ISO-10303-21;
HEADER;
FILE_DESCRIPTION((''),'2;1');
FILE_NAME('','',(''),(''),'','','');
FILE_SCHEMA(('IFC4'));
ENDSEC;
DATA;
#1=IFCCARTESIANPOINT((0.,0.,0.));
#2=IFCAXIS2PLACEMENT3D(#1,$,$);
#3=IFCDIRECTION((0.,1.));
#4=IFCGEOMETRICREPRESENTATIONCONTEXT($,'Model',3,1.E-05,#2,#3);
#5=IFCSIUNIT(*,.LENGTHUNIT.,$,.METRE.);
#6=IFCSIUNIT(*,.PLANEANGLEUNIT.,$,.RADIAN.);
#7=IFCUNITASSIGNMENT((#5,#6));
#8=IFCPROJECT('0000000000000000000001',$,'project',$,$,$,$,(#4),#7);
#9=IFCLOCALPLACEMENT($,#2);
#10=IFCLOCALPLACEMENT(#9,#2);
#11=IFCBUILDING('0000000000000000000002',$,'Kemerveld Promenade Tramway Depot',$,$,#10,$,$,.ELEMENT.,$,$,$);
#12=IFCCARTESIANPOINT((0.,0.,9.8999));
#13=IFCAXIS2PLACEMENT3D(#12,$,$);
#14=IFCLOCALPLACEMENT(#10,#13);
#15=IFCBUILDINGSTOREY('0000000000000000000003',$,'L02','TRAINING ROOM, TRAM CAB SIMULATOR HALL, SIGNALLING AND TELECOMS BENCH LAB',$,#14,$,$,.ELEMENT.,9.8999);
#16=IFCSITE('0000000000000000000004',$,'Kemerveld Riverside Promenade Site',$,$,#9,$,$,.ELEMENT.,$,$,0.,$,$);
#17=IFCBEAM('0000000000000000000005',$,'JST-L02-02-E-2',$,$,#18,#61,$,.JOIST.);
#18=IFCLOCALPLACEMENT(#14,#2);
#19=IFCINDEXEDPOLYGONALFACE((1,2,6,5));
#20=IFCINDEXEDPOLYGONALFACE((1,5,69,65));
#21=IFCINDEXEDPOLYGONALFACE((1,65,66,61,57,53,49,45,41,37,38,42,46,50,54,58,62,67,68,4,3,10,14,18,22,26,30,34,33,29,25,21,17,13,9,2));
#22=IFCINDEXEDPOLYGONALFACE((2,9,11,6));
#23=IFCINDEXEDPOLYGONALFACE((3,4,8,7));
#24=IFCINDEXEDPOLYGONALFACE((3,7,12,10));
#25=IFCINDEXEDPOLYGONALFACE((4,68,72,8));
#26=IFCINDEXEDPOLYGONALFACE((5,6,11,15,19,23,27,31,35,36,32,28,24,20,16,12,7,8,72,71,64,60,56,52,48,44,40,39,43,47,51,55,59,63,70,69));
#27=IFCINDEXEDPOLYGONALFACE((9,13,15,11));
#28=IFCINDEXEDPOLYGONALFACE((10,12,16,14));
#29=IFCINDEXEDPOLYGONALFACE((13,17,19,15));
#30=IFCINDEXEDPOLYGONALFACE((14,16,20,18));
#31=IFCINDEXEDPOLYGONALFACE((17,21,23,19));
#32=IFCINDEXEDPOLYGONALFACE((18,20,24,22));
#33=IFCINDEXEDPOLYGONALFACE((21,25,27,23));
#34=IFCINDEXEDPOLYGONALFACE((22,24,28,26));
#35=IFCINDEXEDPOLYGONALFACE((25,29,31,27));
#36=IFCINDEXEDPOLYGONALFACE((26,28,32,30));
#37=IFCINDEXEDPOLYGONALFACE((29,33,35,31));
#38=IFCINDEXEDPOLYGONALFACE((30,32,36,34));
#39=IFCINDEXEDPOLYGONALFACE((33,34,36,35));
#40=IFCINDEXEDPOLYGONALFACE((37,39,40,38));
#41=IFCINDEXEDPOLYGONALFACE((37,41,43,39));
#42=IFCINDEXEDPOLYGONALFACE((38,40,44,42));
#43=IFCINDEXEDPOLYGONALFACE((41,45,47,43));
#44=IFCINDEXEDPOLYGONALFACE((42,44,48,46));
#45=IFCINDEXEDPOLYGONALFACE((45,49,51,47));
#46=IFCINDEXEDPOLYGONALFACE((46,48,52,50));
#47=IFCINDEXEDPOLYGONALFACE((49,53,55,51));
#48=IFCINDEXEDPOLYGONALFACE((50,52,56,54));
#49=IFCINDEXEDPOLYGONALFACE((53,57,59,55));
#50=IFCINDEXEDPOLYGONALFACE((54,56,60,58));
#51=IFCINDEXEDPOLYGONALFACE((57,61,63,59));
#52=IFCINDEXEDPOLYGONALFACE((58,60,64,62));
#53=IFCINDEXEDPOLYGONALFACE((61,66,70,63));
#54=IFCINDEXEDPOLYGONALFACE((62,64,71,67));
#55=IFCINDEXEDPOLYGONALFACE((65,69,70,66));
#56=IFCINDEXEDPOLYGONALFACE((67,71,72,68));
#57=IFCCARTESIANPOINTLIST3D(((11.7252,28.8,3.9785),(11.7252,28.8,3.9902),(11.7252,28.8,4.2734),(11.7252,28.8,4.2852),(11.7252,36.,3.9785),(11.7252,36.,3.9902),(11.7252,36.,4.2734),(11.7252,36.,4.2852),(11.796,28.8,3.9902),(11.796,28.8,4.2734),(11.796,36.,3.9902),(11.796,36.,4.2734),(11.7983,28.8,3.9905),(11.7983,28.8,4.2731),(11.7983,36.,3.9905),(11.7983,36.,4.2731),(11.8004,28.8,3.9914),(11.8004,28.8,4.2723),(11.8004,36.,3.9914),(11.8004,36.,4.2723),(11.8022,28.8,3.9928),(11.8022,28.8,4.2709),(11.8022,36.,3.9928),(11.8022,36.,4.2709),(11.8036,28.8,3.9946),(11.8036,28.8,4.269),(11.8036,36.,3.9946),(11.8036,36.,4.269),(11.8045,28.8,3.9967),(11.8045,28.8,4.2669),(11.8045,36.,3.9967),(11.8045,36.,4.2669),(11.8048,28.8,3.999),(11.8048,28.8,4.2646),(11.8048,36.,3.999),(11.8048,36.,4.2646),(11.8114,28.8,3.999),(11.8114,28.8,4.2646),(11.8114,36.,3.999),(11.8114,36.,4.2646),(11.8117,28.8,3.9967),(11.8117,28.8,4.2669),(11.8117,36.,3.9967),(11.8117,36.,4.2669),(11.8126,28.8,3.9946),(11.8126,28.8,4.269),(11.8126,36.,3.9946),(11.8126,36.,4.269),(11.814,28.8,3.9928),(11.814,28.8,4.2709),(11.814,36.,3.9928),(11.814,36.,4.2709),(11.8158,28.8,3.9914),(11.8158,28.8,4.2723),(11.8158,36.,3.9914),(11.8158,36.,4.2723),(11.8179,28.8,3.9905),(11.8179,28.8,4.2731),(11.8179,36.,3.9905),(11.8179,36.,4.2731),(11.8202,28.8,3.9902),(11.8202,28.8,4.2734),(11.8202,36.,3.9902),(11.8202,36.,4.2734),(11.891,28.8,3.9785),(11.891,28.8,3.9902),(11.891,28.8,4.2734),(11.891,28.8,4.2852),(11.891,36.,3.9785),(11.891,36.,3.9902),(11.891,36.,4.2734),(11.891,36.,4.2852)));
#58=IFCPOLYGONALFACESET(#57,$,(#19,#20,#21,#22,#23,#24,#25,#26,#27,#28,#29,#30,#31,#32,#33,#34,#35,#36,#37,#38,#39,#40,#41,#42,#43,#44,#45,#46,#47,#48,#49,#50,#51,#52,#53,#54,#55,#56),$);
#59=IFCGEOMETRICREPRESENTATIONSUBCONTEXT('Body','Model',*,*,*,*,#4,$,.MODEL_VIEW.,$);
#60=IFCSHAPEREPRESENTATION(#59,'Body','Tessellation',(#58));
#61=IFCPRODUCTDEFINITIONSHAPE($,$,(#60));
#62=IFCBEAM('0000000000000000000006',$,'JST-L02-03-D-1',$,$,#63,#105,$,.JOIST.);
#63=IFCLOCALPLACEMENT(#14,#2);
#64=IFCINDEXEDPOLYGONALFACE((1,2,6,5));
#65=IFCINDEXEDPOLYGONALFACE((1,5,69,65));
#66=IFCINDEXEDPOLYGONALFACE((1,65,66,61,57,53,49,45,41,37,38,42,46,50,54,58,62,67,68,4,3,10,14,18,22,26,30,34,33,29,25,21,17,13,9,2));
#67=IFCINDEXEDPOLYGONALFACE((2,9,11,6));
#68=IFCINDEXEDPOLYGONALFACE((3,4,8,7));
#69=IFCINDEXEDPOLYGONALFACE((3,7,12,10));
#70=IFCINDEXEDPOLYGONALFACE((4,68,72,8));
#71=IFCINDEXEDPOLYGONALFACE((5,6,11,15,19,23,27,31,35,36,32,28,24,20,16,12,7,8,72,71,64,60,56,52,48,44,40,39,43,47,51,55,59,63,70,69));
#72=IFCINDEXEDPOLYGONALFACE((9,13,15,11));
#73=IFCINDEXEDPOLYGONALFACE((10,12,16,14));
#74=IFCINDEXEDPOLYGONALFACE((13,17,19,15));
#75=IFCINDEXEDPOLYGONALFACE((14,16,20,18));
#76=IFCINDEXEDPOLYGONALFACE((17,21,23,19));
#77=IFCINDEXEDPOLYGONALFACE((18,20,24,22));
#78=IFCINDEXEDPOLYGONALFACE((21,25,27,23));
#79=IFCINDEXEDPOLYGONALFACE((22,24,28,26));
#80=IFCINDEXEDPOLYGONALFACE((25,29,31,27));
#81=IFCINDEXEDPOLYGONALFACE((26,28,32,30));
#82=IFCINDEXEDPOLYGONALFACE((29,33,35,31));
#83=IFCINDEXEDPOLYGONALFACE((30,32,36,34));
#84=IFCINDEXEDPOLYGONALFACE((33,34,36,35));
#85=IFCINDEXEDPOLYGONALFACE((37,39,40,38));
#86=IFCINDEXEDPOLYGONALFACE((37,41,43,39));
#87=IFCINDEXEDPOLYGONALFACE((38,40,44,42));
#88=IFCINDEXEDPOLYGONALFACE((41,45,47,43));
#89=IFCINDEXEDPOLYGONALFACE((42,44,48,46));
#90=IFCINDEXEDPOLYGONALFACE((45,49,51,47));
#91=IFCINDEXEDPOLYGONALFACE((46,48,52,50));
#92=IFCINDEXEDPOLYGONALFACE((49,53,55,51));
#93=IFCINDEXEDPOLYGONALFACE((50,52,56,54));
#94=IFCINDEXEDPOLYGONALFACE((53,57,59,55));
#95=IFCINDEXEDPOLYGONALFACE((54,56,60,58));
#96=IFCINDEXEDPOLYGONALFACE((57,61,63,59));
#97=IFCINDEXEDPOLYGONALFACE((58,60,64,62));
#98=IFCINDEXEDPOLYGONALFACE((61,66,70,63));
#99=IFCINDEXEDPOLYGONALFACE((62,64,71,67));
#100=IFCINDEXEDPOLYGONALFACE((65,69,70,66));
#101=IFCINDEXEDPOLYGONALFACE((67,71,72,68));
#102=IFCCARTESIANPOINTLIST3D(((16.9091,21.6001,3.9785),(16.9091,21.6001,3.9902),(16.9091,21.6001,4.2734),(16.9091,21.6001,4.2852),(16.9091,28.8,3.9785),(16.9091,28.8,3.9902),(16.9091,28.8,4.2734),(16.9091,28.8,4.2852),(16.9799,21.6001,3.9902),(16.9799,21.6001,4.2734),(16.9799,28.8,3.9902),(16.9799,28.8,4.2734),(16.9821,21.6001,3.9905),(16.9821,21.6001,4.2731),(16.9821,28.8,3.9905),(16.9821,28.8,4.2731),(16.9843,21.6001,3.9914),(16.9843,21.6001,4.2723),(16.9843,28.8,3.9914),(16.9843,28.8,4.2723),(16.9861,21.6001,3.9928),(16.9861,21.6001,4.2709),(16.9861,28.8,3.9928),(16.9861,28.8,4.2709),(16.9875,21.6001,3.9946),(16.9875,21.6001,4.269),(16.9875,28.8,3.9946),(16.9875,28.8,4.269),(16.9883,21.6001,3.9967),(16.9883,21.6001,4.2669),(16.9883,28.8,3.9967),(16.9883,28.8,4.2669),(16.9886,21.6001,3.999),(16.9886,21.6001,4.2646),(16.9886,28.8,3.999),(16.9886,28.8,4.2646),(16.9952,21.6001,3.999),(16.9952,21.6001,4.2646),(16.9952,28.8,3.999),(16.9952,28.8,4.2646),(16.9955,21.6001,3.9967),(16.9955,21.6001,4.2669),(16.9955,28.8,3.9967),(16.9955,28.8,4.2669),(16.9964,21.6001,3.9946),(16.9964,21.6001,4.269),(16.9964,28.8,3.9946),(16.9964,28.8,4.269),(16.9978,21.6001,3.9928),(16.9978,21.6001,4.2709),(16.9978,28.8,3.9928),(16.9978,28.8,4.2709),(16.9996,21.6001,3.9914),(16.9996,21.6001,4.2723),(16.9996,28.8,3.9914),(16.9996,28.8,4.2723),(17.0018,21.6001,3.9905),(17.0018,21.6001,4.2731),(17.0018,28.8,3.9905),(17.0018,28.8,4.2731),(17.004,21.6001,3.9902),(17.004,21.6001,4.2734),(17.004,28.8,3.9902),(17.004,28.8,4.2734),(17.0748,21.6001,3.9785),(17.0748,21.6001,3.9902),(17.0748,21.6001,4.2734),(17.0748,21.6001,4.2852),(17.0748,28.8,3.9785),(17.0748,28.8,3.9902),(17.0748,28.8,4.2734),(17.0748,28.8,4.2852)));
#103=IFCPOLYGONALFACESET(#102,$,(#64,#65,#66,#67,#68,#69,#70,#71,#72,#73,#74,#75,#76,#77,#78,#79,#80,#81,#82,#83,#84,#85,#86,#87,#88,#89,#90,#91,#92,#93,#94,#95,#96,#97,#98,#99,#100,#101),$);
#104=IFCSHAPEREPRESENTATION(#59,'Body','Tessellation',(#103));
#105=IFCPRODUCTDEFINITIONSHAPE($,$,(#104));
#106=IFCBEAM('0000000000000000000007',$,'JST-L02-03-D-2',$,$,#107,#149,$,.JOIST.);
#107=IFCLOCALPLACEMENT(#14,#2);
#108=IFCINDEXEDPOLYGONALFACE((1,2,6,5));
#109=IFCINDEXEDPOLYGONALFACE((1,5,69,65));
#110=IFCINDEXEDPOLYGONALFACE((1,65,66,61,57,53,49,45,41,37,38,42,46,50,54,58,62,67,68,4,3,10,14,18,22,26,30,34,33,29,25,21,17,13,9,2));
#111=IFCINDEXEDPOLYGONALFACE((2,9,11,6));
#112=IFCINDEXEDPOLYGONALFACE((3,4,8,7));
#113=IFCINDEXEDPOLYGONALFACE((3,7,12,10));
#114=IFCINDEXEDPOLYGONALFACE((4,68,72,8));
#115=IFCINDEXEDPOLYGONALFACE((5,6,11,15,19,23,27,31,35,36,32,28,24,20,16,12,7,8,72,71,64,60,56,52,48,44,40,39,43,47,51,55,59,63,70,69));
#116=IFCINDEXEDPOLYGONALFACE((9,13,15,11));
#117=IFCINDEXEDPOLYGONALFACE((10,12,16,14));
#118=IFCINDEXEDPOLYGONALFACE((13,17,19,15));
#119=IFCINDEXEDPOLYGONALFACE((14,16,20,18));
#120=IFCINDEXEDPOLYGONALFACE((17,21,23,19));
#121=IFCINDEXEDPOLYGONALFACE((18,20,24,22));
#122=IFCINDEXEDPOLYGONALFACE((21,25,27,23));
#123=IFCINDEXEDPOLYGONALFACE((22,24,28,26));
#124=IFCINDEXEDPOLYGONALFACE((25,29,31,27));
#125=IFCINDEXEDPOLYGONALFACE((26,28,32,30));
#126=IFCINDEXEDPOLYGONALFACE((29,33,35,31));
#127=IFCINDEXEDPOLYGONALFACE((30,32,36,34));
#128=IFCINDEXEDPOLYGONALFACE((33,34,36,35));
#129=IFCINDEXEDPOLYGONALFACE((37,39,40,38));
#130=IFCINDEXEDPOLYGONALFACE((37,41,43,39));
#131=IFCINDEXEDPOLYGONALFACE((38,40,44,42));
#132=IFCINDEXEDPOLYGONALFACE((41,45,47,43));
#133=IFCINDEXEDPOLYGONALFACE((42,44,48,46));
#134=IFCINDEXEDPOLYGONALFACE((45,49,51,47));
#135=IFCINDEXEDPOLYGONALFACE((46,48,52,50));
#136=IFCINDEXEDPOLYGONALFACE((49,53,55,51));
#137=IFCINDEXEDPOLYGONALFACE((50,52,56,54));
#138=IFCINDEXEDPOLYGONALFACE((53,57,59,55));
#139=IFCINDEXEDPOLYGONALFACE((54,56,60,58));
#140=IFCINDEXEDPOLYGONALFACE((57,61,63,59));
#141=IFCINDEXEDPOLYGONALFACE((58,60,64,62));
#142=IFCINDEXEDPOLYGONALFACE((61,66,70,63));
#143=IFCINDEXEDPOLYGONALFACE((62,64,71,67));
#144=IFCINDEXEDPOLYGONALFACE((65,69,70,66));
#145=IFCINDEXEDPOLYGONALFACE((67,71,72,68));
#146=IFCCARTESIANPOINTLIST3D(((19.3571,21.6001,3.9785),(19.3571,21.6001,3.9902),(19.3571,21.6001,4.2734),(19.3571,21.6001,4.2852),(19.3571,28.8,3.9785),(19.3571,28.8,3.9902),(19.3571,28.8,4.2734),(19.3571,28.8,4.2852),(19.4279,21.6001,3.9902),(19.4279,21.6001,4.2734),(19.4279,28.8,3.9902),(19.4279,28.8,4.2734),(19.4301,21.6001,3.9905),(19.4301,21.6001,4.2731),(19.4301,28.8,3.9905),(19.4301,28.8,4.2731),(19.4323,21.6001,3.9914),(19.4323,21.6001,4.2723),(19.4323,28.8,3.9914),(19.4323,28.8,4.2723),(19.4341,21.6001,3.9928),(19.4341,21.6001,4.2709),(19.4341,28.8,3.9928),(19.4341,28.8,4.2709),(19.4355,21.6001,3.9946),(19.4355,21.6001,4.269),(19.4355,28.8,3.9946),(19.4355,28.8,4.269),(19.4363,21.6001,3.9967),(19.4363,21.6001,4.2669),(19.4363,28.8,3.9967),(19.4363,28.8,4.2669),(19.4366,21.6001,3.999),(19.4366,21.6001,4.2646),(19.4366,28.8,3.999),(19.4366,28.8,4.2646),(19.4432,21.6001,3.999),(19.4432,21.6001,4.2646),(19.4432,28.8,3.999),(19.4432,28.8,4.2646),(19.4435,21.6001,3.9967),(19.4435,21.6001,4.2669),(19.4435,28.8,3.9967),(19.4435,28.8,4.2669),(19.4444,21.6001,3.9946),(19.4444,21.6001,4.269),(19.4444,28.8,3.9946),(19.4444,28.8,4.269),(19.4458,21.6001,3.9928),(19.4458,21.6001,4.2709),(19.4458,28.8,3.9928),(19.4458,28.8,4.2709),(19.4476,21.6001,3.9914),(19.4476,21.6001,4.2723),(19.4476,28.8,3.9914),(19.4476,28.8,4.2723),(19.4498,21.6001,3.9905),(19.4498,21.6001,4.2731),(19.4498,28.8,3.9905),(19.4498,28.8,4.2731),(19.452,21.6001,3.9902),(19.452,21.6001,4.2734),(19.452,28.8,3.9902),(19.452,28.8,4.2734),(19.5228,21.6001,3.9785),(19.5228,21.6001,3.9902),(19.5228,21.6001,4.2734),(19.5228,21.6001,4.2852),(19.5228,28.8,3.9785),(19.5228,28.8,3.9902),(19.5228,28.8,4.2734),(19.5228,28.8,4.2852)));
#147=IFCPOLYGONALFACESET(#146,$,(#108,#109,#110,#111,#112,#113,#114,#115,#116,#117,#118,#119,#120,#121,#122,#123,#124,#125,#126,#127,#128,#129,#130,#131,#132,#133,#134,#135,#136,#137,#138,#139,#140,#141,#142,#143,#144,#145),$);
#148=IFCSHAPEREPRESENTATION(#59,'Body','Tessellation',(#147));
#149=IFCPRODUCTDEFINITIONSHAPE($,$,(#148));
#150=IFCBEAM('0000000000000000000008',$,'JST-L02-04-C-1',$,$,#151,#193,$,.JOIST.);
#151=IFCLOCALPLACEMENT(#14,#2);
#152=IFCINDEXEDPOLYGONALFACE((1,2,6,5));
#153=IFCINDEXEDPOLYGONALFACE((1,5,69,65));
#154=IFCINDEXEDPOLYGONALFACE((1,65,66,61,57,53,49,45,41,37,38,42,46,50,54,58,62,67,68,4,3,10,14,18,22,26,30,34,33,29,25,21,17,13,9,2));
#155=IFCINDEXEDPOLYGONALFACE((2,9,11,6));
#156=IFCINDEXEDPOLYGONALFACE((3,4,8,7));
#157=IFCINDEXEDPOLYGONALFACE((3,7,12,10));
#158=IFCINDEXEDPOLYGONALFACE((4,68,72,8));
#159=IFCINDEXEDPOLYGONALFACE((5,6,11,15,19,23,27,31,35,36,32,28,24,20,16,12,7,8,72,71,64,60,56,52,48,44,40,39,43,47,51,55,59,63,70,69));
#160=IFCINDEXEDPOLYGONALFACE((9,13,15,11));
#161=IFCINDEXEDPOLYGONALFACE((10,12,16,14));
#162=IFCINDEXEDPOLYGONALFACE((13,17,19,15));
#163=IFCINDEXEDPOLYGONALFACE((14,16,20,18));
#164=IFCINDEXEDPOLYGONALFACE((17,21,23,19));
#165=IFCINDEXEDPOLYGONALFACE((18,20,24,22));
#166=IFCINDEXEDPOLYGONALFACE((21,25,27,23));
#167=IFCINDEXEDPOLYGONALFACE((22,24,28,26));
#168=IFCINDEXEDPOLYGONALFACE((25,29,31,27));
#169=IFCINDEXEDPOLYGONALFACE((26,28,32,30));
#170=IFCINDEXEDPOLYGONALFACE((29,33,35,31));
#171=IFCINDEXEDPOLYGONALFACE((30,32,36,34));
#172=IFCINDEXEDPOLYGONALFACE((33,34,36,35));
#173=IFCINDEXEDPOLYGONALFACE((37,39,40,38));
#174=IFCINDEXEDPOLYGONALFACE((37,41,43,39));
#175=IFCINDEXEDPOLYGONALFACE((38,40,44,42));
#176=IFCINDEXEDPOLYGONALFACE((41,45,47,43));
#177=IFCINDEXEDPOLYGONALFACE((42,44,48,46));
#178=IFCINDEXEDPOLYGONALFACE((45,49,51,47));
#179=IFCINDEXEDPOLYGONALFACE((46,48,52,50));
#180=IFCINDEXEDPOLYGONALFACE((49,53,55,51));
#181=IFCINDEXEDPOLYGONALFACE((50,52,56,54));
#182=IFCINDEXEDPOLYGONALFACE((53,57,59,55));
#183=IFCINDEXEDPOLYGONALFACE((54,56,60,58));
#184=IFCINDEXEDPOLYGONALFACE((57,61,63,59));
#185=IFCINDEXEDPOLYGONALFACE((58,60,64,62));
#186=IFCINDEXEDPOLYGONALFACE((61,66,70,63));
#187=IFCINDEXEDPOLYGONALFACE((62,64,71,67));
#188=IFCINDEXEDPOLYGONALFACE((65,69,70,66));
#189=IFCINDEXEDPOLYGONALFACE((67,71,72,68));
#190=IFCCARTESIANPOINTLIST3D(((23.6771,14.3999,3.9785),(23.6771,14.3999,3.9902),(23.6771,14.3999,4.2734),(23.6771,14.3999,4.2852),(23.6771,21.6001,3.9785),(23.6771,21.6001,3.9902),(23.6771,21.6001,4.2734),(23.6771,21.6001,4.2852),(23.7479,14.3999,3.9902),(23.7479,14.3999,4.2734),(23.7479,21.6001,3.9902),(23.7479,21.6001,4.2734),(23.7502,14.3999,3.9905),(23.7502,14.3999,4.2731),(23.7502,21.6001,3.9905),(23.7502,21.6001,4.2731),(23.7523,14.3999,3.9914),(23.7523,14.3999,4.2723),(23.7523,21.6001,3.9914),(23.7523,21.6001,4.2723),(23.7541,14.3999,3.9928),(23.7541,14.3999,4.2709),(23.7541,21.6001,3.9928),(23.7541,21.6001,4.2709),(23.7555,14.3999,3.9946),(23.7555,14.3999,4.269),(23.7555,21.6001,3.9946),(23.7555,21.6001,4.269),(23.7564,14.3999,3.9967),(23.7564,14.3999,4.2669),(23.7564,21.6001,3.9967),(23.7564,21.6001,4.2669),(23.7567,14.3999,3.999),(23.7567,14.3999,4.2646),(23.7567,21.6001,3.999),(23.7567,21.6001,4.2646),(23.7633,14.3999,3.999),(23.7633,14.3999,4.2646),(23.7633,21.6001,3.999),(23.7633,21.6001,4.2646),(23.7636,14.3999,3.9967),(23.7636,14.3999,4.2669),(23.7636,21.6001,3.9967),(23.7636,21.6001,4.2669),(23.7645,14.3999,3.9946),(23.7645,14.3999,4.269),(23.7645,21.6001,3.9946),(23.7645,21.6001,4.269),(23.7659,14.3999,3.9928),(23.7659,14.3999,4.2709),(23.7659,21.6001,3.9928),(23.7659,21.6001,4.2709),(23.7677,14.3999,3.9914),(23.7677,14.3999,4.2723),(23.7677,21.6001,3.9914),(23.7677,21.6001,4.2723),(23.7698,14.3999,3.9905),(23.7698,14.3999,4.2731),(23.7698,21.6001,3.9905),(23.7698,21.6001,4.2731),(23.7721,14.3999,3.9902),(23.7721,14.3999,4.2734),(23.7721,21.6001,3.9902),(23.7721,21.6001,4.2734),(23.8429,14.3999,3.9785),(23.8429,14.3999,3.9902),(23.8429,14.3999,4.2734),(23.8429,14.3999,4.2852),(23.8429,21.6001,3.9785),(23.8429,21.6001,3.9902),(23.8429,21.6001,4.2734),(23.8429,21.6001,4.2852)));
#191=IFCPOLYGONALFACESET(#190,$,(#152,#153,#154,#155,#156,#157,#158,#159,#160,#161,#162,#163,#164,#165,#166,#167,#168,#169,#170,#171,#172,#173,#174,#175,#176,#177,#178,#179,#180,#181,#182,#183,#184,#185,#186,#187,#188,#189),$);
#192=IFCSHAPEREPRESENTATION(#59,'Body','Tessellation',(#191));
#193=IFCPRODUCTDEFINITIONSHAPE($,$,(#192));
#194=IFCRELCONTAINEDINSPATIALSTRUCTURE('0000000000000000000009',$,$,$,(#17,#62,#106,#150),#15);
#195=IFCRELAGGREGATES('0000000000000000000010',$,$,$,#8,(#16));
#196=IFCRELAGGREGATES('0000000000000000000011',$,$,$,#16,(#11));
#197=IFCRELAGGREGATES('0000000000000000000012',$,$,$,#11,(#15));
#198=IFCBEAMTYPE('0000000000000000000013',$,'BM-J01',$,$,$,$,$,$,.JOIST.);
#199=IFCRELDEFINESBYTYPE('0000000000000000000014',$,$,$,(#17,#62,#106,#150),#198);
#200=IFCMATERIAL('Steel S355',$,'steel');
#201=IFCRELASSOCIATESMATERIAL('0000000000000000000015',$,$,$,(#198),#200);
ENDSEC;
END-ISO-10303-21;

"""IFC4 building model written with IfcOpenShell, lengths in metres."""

from ifc_helpers import new_model, si_unit, direction, frame, origin, origin_2d, place, context, subcontext, project, spatial, i_section, extrude, material, material_profile, profile_set, type_object, element, save


model = new_model("IFC4")

# Units and contexts
model_context = context("Model", 3, precision=1e-05, world=origin(), true_north=direction((0.0, 1.0)))
body_context = subcontext(model_context, "Body", "Model", "MODEL_VIEW")
ifc_project = project(units=[si_unit("LENGTHUNIT", "METRE"), si_unit("PLANEANGLEUNIT", "RADIAN")], contexts=[model_context])

# Site, building, storey
site_placement = place(None, origin())
site = spatial("IfcSite", under=ifc_project, at=site_placement, Name="Kemerveld Riverside Promenade Site", CompositionType="ELEMENT", RefElevation=0.0)
building_placement = place(site_placement, origin())
building = spatial("IfcBuilding", under=site, at=building_placement, Name="Kemerveld Promenade Tramway Depot", CompositionType="ELEMENT")
storey_placement = place(building_placement, frame((0.0, 0.0, 9.8999)))
storey = spatial("IfcBuildingStorey", under=building, at=storey_placement, Name="L02", Description="TRAINING ROOM, TRAM CAB SIMULATOR HALL, SIGNALLING AND TELECOMS BENCH LAB", CompositionType="ELEMENT", Elevation=9.8999)

# Shared definitions
ifc_material_1 = material(Name="Steel S355", Category="steel")

# Beams
ifc_material_profile_1 = material_profile(ifc_material_1, i_section(OverallWidth=0.1658, OverallDepth=0.3066, WebThickness=0.0066, FlangeThickness=0.0117, FilletRadius=0.0088, at=origin_2d()), Name="305x165x46 UB")
ifc_profile_set_1 = profile_set([ifc_material_profile_1], Name="Steel S355")
beam_type_1 = type_object("IfcBeamType", Name="BM-J01", PredefinedType="JOIST", material=ifc_profile_set_1)
for number, where, z_axis, x_axis, name in (
    (1, (11.8081, 28.8, 4.1318), (0.0, 1.0, 0.0), (-1.0, 0.0, 0.0), "JST-L02-02-E-2"),
    (2, (16.9919, 21.6001, 4.1318), (0.0, 1.0, 0.0), (-1.0, 0.0, 0.0), "JST-L02-03-D-1"),
    (3, (19.4399, 21.6001, 4.1318), (0.0, 1.0, 0.0), (-1.0, 0.0, 0.0), "JST-L02-03-D-2"),
):
    element("IfcBeam", number, at=place(storey_placement, frame(where, z_axis=z_axis, x_axis=x_axis)), inside=storey, type_object=beam_type_1, Name=name, PredefinedType="JOIST", context=body_context, shape_type="SweptSolid", body=[
        extrude(i_section(OverallWidth=0.1658, OverallDepth=0.3066, WebThickness=0.0066, FlangeThickness=0.0117, FilletRadius=0.0088, at=origin_2d()), origin(), (0.0, 0.0, 1.0), 7.2),
    ])
beam_1_placement = place(storey_placement, frame((23.76, 14.3999, 4.1318), z_axis=(0.0, 1.0, 0.0), x_axis=(-1.0, 0.0, 0.0)))
element("IfcBeam", 4, at=beam_1_placement, inside=storey, type_object=beam_type_1, Name="JST-L02-04-C-1", PredefinedType="JOIST", context=body_context, shape_type="SweptSolid", body=[
    extrude(i_section(OverallWidth=0.1658, OverallDepth=0.3066, WebThickness=0.0066, FlangeThickness=0.0117, FilletRadius=0.0088, at=origin_2d()), origin(), (0.0, 0.0, 1.0), 7.2002),
])

save(model, "model.ifc")
